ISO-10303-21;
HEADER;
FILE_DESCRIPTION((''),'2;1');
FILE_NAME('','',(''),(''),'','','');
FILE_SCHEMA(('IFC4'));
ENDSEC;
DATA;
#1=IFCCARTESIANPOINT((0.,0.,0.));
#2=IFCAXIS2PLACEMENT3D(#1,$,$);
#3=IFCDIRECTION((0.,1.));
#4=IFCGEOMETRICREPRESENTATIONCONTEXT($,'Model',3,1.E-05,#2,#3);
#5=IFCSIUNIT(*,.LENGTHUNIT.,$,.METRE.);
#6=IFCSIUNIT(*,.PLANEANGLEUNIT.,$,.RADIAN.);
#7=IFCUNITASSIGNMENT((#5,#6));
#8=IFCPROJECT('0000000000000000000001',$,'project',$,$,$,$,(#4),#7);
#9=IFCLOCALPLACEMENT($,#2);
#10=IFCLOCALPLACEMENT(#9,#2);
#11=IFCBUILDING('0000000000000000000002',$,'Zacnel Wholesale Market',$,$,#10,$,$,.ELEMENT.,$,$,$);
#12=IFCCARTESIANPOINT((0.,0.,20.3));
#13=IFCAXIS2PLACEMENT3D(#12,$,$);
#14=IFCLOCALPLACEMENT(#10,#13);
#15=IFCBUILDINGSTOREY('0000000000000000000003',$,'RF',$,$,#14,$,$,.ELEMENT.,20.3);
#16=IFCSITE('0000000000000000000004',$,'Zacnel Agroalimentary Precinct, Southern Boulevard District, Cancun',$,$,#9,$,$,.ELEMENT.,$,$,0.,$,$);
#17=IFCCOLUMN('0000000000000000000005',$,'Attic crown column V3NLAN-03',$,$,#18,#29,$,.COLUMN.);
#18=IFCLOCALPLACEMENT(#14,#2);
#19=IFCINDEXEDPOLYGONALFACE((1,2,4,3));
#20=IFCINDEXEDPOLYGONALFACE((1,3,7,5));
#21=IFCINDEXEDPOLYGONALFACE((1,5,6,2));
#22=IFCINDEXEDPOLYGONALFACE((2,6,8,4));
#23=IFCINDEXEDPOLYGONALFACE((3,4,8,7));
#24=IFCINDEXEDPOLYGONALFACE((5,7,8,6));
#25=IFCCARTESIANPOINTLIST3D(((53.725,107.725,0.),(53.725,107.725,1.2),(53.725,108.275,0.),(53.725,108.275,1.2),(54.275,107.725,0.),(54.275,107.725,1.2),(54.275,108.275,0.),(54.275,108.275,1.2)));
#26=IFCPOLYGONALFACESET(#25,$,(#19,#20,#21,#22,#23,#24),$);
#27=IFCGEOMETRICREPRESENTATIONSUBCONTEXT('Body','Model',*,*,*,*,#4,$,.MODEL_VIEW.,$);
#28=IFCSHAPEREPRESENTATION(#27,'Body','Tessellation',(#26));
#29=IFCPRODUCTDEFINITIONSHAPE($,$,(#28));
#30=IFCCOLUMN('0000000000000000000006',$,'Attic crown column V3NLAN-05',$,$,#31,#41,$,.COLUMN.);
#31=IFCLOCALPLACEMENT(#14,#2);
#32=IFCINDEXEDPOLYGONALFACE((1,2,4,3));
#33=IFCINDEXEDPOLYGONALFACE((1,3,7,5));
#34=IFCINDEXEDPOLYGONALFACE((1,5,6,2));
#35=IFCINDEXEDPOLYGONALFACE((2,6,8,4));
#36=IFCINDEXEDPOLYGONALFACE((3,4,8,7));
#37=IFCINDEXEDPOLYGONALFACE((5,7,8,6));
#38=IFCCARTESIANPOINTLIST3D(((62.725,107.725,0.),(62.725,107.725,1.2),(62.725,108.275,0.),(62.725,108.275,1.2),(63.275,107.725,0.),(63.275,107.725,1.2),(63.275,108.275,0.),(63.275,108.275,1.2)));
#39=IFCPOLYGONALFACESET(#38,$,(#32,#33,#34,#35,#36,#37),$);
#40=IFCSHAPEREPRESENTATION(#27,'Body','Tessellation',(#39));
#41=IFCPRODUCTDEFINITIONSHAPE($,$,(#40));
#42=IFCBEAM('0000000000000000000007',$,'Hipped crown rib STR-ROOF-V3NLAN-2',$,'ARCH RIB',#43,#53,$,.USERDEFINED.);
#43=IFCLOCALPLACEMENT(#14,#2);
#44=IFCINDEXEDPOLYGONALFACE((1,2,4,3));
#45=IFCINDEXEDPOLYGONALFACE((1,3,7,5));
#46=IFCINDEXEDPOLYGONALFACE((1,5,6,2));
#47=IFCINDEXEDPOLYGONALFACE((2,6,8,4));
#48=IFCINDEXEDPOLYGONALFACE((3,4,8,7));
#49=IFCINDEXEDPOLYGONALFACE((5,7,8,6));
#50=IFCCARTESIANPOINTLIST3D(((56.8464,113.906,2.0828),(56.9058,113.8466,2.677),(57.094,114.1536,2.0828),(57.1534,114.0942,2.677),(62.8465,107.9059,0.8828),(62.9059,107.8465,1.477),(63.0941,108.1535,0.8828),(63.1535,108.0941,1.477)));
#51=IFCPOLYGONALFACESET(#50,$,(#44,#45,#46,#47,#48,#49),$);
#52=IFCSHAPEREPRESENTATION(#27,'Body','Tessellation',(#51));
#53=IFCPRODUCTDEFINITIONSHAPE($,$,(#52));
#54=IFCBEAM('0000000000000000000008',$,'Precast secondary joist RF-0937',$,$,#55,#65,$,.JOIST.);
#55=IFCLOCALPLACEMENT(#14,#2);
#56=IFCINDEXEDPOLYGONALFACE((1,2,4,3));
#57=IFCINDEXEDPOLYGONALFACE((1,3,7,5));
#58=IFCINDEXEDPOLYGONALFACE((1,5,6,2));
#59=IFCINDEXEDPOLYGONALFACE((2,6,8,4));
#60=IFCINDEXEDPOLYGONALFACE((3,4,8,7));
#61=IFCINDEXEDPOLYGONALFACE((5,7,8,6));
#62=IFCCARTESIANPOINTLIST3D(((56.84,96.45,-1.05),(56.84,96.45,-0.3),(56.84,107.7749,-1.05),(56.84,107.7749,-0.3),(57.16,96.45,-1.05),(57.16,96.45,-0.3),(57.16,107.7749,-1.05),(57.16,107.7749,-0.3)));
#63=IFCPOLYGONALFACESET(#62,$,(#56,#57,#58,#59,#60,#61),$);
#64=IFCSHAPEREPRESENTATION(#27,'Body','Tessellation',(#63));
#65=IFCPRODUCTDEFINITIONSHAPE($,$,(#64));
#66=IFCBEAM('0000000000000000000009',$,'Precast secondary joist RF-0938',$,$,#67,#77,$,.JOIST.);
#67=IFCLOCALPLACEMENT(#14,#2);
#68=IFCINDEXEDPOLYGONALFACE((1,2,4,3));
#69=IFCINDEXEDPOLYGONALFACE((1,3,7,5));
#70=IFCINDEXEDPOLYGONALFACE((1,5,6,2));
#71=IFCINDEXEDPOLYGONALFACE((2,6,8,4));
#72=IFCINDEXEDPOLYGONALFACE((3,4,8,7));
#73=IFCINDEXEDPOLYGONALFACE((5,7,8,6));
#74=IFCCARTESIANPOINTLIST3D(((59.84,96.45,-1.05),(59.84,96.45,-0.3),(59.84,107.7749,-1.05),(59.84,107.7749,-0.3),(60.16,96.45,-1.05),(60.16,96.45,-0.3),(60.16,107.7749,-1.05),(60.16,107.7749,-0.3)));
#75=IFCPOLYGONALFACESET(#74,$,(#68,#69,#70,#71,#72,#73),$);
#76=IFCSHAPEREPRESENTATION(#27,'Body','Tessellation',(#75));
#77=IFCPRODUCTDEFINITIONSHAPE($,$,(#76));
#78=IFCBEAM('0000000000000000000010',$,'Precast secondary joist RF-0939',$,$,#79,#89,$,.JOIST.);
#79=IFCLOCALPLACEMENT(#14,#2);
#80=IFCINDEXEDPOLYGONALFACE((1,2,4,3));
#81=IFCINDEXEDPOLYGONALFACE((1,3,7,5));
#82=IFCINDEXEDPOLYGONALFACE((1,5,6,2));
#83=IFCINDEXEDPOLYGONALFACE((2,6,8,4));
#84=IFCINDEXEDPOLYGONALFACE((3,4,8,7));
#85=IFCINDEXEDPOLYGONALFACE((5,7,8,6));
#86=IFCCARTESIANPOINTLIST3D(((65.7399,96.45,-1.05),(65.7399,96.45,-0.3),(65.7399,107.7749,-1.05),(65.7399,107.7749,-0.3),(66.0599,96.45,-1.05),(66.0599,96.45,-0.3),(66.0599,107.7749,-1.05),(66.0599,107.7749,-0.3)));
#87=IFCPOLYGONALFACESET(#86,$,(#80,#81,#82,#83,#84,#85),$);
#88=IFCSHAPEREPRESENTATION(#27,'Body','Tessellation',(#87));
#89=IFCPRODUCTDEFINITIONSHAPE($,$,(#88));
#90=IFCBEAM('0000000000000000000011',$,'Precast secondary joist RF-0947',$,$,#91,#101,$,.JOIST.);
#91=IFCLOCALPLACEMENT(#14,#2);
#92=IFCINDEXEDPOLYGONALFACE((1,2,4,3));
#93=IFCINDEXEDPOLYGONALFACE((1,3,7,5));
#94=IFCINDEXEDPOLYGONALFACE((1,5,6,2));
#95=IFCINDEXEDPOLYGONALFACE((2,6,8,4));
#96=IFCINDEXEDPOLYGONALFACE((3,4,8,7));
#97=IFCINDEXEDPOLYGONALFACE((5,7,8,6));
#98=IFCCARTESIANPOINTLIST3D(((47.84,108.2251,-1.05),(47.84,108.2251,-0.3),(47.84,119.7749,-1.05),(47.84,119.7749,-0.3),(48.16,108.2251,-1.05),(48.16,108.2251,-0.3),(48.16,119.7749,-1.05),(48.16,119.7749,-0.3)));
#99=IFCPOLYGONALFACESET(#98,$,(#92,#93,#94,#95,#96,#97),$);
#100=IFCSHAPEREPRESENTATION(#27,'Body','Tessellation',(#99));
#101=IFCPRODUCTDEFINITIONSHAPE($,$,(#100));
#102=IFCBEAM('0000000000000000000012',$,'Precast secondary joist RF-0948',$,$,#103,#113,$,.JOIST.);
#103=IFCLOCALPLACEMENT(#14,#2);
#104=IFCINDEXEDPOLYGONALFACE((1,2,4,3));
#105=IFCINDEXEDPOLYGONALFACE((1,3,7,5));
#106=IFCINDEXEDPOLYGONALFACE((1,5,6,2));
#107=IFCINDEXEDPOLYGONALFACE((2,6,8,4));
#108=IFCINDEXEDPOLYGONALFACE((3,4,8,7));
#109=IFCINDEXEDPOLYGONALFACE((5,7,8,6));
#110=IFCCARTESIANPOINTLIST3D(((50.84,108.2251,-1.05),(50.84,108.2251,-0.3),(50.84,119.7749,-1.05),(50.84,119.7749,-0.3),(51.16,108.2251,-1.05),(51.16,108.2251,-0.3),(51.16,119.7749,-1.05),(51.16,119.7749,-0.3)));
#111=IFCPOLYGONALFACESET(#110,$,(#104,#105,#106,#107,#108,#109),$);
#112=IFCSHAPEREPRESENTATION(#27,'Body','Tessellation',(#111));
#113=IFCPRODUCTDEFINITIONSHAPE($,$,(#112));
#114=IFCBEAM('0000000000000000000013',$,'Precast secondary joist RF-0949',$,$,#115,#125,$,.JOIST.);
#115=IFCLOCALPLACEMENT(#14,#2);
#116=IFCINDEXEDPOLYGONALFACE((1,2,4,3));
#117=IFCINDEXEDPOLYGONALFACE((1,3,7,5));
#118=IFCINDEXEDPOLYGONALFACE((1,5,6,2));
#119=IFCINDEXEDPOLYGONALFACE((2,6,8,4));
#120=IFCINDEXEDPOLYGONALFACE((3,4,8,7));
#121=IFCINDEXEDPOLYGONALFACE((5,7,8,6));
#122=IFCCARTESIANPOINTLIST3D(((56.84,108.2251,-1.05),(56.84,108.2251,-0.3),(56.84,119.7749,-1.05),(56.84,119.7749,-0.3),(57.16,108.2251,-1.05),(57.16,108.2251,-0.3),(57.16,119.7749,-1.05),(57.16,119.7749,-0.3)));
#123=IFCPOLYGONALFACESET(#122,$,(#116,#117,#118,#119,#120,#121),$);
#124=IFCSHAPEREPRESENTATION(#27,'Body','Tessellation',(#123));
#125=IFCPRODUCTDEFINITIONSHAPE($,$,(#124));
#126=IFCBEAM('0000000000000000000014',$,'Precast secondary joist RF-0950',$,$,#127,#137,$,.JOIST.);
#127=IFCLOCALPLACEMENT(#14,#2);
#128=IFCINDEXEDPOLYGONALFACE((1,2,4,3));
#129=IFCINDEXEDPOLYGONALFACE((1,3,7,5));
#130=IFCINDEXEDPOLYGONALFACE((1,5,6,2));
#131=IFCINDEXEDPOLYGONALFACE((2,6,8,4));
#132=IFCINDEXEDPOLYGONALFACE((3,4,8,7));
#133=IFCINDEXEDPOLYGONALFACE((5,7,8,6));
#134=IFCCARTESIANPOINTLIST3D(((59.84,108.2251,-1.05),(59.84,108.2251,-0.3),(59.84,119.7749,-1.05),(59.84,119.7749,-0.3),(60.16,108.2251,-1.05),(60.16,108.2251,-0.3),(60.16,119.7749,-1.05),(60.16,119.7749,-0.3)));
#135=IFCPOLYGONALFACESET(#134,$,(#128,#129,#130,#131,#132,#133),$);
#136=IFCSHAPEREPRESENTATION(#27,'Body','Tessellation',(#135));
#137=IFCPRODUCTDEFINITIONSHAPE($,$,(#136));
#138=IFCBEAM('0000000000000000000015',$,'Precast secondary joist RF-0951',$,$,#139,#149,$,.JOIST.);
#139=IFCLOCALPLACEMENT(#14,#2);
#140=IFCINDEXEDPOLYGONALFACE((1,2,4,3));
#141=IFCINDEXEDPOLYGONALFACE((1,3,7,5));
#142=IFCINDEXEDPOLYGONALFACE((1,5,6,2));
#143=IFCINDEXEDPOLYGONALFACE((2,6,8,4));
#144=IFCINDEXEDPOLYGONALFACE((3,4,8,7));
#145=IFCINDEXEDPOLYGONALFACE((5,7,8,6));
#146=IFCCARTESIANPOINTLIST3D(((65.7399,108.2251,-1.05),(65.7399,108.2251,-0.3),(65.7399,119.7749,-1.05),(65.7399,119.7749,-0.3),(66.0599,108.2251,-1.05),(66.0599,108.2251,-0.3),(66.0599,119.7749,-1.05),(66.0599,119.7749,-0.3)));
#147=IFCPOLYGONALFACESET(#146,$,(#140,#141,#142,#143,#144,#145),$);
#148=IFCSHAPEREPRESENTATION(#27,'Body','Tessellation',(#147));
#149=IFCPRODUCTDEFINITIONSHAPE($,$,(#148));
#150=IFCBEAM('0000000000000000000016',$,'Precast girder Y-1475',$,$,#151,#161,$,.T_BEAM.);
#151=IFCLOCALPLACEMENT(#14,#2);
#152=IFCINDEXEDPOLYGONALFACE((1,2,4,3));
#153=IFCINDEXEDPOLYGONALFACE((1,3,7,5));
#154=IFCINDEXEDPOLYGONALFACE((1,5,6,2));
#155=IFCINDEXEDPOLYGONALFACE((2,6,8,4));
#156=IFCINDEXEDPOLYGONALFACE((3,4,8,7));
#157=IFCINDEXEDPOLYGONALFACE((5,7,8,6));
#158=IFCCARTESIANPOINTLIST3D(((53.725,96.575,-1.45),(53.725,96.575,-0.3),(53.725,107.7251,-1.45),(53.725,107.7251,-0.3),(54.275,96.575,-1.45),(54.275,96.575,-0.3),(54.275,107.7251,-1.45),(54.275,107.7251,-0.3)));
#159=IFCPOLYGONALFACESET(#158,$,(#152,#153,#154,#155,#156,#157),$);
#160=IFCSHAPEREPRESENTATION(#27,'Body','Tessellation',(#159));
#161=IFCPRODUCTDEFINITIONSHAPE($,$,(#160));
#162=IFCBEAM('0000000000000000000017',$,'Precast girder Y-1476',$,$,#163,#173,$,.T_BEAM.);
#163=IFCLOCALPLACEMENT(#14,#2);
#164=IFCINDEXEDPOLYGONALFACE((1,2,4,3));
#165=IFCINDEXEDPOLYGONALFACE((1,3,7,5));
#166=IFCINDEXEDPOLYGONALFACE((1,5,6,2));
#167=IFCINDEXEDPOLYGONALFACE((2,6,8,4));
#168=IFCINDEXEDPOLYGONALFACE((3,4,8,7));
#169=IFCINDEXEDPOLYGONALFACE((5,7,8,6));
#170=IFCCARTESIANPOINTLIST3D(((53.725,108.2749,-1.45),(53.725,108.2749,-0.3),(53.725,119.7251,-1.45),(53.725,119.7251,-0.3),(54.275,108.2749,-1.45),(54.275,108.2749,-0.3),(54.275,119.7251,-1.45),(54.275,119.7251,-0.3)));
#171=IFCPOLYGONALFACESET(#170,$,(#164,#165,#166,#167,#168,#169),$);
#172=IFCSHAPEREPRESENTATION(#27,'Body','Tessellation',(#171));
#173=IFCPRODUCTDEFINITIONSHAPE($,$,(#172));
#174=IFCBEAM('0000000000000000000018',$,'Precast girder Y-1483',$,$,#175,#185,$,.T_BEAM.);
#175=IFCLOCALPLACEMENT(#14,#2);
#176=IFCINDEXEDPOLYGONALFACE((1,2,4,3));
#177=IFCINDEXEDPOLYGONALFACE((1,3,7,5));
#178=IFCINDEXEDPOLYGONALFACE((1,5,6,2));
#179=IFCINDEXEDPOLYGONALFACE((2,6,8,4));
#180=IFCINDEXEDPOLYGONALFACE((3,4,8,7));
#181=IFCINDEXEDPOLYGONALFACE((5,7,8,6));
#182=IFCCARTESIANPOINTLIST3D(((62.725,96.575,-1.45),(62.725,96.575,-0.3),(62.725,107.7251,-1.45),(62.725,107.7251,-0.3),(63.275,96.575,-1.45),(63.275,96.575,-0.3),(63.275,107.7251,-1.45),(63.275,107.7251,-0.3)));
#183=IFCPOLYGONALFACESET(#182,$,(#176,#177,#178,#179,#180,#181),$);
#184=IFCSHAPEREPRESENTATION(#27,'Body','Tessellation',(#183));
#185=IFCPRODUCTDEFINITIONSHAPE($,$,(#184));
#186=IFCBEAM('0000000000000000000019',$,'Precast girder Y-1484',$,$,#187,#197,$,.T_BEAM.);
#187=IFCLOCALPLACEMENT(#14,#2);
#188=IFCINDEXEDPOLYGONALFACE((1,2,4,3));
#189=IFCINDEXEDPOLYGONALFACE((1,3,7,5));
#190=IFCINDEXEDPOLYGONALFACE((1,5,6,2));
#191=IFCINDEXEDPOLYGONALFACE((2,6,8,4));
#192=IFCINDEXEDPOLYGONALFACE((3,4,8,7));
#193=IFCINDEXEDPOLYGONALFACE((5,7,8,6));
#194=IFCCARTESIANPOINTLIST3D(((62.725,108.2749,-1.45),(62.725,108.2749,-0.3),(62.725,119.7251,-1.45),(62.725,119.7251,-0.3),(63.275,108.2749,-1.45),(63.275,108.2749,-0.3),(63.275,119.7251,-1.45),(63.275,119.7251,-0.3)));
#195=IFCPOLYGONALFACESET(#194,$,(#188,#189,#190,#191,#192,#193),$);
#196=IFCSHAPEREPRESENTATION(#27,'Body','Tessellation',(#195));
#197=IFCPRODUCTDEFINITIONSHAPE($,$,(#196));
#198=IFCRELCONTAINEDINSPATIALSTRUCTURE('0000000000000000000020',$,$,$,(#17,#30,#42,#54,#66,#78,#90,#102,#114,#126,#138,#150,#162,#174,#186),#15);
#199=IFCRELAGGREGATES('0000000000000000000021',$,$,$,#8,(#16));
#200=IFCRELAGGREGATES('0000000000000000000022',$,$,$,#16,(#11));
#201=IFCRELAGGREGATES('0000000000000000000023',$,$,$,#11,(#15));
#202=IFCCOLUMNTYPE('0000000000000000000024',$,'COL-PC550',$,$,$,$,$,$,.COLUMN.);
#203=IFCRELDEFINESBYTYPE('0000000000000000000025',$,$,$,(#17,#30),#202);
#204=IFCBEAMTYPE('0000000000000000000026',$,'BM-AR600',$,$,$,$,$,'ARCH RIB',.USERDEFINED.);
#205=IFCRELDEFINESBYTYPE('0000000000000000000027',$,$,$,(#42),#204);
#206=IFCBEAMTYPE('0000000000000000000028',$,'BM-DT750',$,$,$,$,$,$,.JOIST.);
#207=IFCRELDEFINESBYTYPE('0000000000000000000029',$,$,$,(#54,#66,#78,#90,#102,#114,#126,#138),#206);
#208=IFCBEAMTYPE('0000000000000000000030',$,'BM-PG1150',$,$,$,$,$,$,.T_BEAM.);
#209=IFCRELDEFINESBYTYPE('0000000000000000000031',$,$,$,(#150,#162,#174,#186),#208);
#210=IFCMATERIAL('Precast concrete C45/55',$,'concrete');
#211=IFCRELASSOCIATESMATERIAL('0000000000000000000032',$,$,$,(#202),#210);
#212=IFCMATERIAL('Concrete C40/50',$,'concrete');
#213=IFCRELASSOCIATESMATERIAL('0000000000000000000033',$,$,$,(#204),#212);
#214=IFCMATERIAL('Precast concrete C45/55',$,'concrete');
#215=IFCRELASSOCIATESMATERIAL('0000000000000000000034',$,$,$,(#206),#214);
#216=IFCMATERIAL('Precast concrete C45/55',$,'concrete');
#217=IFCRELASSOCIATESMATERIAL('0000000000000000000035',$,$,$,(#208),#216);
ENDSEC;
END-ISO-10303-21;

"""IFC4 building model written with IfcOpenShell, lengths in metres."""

from ifc_helpers import new_model, si_unit, direction, frame, origin, origin_2d, place, context, subcontext, project, spatial, rectangle, extrude, material, material_profile, profile_set, type_object, element, save


model = new_model("IFC4")

# Units and contexts
model_context = context("Model", 3, precision=1e-05, world=origin(), true_north=direction((0.0, 1.0)))
body_context = subcontext(model_context, "Body", "Model", "MODEL_VIEW")
ifc_project = project(units=[si_unit("LENGTHUNIT", "METRE"), si_unit("PLANEANGLEUNIT", "RADIAN")], contexts=[model_context])

# Site, building, storey
site_placement = place(None, origin())
site = spatial("IfcSite", under=ifc_project, at=site_placement, Name="Zacnel Agroalimentary Precinct, Southern Boulevard District, Cancun", CompositionType="ELEMENT", RefElevation=0.0)
building_placement = place(site_placement, origin())
building = spatial("IfcBuilding", under=site, at=building_placement, Name="Zacnel Wholesale Market", CompositionType="ELEMENT")
storey_placement = place(building_placement, frame((0.0, 0.0, 20.3)))
storey = spatial("IfcBuildingStorey", under=building, at=storey_placement, Name="RF", CompositionType="ELEMENT", Elevation=20.3)

# Columns
ifc_material_1 = material(Name="Precast concrete C45/55", Category="concrete")
ifc_material_profile_1 = material_profile(ifc_material_1, rectangle(XDim=0.55, YDim=0.55, at=origin_2d()), Name="PC 550x550")
ifc_profile_set_1 = profile_set([ifc_material_profile_1], Name="Precast concrete C45/55")
column_type = type_object("IfcColumnType", Name="COL-PC550", PredefinedType="COLUMN", material=ifc_profile_set_1)
for number, where, z_axis, x_axis, name in (
    (1, (54.0, 108.0, 0.0), (0.0, 0.0, 1.0), (1.0, 0.0, 0.0), "Attic crown column V3NLAN-03"),
    (2, (63.0, 108.0, 0.0), (0.0, 0.0, 1.0), (1.0, 0.0, 0.0), "Attic crown column V3NLAN-05"),
):
    element("IfcColumn", number, at=place(storey_placement, frame(where, z_axis=z_axis, x_axis=x_axis)), inside=storey, type_object=column_type, Name=name, PredefinedType="COLUMN", context=body_context, shape_type="SweptSolid", body=[
        extrude(rectangle(XDim=0.55, YDim=0.55, at=origin_2d()), origin(), (0.0, 0.0, 1.0), 1.2),
    ])

# Beams
ifc_material_2 = material(Name="Concrete C40/50", Category="concrete")
ifc_material_profile_2 = material_profile(ifc_material_2, rectangle(XDim=0.3501, YDim=0.6001, at=origin_2d()), Name="ARCH RIB 350x600")
ifc_profile_set_2 = profile_set([ifc_material_profile_2], Name="Concrete C40/50")
beam_type_1 = type_object("IfcBeamType", Name="BM-AR600", ElementType="ARCH RIB", PredefinedType="USERDEFINED", material=ifc_profile_set_2)
beam_1_placement = place(storey_placement, frame((63.0, 108.0, 1.1799), z_axis=(-0.700141, 0.700141, 0.140022), x_axis=(-0.707107, -0.707107, 0.0)))
element("IfcBeam", 3, at=beam_1_placement, inside=storey, type_object=beam_type_1, Name="Hipped crown rib STR-ROOF-V3NLAN-2", ObjectType="ARCH RIB", PredefinedType="USERDEFINED", context=body_context, shape_type="SweptSolid", body=[
    extrude(rectangle(XDim=0.3501, YDim=0.6001, at=origin_2d()), origin(), (0.0, 0.0, 1.0), 8.5698),
])
ifc_material_3 = material(Name="Precast concrete C45/55", Category="concrete")
ifc_material_profile_3 = material_profile(ifc_material_3, rectangle(XDim=0.3201, YDim=0.75, at=origin_2d()), Name="DT RIB 320x750")
ifc_profile_set_3 = profile_set([ifc_material_profile_3], Name="Precast concrete C45/55")
beam_type_2 = type_object("IfcBeamType", Name="BM-DT750", PredefinedType="JOIST", material=ifc_profile_set_3)
for number, where, z_axis, x_axis, name in (
    (4, (57.0, 96.45, -0.675), (0.0, 1.0, 0.0), (-1.0, 0.0, 0.0), "Precast secondary joist RF-0937"),
    (5, (60.0, 96.45, -0.675), (0.0, 1.0, 0.0), (-1.0, 0.0, 0.0), "Precast secondary joist RF-0938"),
    (6, (65.8999, 96.45, -0.675), (0.0, 1.0, 0.0), (-1.0, 0.0, 0.0), "Precast secondary joist RF-0939"),
):
    element("IfcBeam", number, at=place(storey_placement, frame(where, z_axis=z_axis, x_axis=x_axis)), inside=storey, type_object=beam_type_2, Name=name, PredefinedType="JOIST", context=body_context, shape_type="SweptSolid", body=[
        extrude(rectangle(XDim=0.3201, YDim=0.75, at=origin_2d()), origin(), (0.0, 0.0, 1.0), 11.325),
    ])
for number, where, z_axis, x_axis, name in (
    (7, (48.0, 108.2251, -0.675), (0.0, 1.0, 0.0), (-1.0, 0.0, 0.0), "Precast secondary joist RF-0947"),
    (8, (51.0, 108.2251, -0.675), (0.0, 1.0, 0.0), (-1.0, 0.0, 0.0), "Precast secondary joist RF-0948"),
    (9, (57.0, 108.2251, -0.675), (0.0, 1.0, 0.0), (-1.0, 0.0, 0.0), "Precast secondary joist RF-0949"),
    (10, (60.0, 108.2251, -0.675), (0.0, 1.0, 0.0), (-1.0, 0.0, 0.0), "Precast secondary joist RF-0950"),
    (11, (65.8999, 108.2251, -0.675), (0.0, 1.0, 0.0), (-1.0, 0.0, 0.0), "Precast secondary joist RF-0951"),
):
    element("IfcBeam", number, at=place(storey_placement, frame(where, z_axis=z_axis, x_axis=x_axis)), inside=storey, type_object=beam_type_2, Name=name, PredefinedType="JOIST", context=body_context, shape_type="SweptSolid", body=[
        extrude(rectangle(XDim=0.3201, YDim=0.75, at=origin_2d()), origin(), (0.0, 0.0, 1.0), 11.5498),
    ])
ifc_material_4 = material(Name="Precast concrete C45/55", Category="concrete")
ifc_material_profile_4 = material_profile(ifc_material_4, rectangle(XDim=0.55, YDim=1.1499, at=origin_2d()), Name="PG 550x1150")
ifc_profile_set_4 = profile_set([ifc_material_profile_4], Name="Precast concrete C45/55")
beam_type_3 = type_object("IfcBeamType", Name="BM-PG1150", PredefinedType="T_BEAM", material=ifc_profile_set_4)
beam_2_placement = place(storey_placement, frame((54.0, 96.575, -0.875), z_axis=(0.0, 1.0, 0.0), x_axis=(-1.0, 0.0, 0.0)))
element("IfcBeam", 12, at=beam_2_placement, inside=storey, type_object=beam_type_3, Name="Precast girder Y-1475", PredefinedType="T_BEAM", context=body_context, shape_type="SweptSolid", body=[
    extrude(rectangle(XDim=0.55, YDim=1.1499, at=origin_2d()), origin(), (0.0, 0.0, 1.0), 11.1501),
])
beam_3_placement = place(storey_placement, frame((54.0, 108.2749, -0.875), z_axis=(0.0, 1.0, 0.0), x_axis=(-1.0, 0.0, 0.0)))
element("IfcBeam", 13, at=beam_3_placement, inside=storey, type_object=beam_type_3, Name="Precast girder Y-1476", PredefinedType="T_BEAM", context=body_context, shape_type="SweptSolid", body=[
    extrude(rectangle(XDim=0.55, YDim=1.1499, at=origin_2d()), origin(), (0.0, 0.0, 1.0), 11.4502),
])
beam_4_placement = place(storey_placement, frame((63.0, 96.575, -0.875), z_axis=(0.0, 1.0, 0.0), x_axis=(-1.0, 0.0, 0.0)))
element("IfcBeam", 14, at=beam_4_placement, inside=storey, type_object=beam_type_3, Name="Precast girder Y-1483", PredefinedType="T_BEAM", context=body_context, shape_type="SweptSolid", body=[
    extrude(rectangle(XDim=0.55, YDim=1.1499, at=origin_2d()), origin(), (0.0, 0.0, 1.0), 11.1501),
])
beam_5_placement = place(storey_placement, frame((63.0, 108.2749, -0.875), z_axis=(0.0, 1.0, 0.0), x_axis=(-1.0, 0.0, 0.0)))
element("IfcBeam", 15, at=beam_5_placement, inside=storey, type_object=beam_type_3, Name="Precast girder Y-1484", PredefinedType="T_BEAM", context=body_context, shape_type="SweptSolid", body=[
    extrude(rectangle(XDim=0.55, YDim=1.1499, at=origin_2d()), origin(), (0.0, 0.0, 1.0), 11.4502),
])

save(model, "model.ifc")
